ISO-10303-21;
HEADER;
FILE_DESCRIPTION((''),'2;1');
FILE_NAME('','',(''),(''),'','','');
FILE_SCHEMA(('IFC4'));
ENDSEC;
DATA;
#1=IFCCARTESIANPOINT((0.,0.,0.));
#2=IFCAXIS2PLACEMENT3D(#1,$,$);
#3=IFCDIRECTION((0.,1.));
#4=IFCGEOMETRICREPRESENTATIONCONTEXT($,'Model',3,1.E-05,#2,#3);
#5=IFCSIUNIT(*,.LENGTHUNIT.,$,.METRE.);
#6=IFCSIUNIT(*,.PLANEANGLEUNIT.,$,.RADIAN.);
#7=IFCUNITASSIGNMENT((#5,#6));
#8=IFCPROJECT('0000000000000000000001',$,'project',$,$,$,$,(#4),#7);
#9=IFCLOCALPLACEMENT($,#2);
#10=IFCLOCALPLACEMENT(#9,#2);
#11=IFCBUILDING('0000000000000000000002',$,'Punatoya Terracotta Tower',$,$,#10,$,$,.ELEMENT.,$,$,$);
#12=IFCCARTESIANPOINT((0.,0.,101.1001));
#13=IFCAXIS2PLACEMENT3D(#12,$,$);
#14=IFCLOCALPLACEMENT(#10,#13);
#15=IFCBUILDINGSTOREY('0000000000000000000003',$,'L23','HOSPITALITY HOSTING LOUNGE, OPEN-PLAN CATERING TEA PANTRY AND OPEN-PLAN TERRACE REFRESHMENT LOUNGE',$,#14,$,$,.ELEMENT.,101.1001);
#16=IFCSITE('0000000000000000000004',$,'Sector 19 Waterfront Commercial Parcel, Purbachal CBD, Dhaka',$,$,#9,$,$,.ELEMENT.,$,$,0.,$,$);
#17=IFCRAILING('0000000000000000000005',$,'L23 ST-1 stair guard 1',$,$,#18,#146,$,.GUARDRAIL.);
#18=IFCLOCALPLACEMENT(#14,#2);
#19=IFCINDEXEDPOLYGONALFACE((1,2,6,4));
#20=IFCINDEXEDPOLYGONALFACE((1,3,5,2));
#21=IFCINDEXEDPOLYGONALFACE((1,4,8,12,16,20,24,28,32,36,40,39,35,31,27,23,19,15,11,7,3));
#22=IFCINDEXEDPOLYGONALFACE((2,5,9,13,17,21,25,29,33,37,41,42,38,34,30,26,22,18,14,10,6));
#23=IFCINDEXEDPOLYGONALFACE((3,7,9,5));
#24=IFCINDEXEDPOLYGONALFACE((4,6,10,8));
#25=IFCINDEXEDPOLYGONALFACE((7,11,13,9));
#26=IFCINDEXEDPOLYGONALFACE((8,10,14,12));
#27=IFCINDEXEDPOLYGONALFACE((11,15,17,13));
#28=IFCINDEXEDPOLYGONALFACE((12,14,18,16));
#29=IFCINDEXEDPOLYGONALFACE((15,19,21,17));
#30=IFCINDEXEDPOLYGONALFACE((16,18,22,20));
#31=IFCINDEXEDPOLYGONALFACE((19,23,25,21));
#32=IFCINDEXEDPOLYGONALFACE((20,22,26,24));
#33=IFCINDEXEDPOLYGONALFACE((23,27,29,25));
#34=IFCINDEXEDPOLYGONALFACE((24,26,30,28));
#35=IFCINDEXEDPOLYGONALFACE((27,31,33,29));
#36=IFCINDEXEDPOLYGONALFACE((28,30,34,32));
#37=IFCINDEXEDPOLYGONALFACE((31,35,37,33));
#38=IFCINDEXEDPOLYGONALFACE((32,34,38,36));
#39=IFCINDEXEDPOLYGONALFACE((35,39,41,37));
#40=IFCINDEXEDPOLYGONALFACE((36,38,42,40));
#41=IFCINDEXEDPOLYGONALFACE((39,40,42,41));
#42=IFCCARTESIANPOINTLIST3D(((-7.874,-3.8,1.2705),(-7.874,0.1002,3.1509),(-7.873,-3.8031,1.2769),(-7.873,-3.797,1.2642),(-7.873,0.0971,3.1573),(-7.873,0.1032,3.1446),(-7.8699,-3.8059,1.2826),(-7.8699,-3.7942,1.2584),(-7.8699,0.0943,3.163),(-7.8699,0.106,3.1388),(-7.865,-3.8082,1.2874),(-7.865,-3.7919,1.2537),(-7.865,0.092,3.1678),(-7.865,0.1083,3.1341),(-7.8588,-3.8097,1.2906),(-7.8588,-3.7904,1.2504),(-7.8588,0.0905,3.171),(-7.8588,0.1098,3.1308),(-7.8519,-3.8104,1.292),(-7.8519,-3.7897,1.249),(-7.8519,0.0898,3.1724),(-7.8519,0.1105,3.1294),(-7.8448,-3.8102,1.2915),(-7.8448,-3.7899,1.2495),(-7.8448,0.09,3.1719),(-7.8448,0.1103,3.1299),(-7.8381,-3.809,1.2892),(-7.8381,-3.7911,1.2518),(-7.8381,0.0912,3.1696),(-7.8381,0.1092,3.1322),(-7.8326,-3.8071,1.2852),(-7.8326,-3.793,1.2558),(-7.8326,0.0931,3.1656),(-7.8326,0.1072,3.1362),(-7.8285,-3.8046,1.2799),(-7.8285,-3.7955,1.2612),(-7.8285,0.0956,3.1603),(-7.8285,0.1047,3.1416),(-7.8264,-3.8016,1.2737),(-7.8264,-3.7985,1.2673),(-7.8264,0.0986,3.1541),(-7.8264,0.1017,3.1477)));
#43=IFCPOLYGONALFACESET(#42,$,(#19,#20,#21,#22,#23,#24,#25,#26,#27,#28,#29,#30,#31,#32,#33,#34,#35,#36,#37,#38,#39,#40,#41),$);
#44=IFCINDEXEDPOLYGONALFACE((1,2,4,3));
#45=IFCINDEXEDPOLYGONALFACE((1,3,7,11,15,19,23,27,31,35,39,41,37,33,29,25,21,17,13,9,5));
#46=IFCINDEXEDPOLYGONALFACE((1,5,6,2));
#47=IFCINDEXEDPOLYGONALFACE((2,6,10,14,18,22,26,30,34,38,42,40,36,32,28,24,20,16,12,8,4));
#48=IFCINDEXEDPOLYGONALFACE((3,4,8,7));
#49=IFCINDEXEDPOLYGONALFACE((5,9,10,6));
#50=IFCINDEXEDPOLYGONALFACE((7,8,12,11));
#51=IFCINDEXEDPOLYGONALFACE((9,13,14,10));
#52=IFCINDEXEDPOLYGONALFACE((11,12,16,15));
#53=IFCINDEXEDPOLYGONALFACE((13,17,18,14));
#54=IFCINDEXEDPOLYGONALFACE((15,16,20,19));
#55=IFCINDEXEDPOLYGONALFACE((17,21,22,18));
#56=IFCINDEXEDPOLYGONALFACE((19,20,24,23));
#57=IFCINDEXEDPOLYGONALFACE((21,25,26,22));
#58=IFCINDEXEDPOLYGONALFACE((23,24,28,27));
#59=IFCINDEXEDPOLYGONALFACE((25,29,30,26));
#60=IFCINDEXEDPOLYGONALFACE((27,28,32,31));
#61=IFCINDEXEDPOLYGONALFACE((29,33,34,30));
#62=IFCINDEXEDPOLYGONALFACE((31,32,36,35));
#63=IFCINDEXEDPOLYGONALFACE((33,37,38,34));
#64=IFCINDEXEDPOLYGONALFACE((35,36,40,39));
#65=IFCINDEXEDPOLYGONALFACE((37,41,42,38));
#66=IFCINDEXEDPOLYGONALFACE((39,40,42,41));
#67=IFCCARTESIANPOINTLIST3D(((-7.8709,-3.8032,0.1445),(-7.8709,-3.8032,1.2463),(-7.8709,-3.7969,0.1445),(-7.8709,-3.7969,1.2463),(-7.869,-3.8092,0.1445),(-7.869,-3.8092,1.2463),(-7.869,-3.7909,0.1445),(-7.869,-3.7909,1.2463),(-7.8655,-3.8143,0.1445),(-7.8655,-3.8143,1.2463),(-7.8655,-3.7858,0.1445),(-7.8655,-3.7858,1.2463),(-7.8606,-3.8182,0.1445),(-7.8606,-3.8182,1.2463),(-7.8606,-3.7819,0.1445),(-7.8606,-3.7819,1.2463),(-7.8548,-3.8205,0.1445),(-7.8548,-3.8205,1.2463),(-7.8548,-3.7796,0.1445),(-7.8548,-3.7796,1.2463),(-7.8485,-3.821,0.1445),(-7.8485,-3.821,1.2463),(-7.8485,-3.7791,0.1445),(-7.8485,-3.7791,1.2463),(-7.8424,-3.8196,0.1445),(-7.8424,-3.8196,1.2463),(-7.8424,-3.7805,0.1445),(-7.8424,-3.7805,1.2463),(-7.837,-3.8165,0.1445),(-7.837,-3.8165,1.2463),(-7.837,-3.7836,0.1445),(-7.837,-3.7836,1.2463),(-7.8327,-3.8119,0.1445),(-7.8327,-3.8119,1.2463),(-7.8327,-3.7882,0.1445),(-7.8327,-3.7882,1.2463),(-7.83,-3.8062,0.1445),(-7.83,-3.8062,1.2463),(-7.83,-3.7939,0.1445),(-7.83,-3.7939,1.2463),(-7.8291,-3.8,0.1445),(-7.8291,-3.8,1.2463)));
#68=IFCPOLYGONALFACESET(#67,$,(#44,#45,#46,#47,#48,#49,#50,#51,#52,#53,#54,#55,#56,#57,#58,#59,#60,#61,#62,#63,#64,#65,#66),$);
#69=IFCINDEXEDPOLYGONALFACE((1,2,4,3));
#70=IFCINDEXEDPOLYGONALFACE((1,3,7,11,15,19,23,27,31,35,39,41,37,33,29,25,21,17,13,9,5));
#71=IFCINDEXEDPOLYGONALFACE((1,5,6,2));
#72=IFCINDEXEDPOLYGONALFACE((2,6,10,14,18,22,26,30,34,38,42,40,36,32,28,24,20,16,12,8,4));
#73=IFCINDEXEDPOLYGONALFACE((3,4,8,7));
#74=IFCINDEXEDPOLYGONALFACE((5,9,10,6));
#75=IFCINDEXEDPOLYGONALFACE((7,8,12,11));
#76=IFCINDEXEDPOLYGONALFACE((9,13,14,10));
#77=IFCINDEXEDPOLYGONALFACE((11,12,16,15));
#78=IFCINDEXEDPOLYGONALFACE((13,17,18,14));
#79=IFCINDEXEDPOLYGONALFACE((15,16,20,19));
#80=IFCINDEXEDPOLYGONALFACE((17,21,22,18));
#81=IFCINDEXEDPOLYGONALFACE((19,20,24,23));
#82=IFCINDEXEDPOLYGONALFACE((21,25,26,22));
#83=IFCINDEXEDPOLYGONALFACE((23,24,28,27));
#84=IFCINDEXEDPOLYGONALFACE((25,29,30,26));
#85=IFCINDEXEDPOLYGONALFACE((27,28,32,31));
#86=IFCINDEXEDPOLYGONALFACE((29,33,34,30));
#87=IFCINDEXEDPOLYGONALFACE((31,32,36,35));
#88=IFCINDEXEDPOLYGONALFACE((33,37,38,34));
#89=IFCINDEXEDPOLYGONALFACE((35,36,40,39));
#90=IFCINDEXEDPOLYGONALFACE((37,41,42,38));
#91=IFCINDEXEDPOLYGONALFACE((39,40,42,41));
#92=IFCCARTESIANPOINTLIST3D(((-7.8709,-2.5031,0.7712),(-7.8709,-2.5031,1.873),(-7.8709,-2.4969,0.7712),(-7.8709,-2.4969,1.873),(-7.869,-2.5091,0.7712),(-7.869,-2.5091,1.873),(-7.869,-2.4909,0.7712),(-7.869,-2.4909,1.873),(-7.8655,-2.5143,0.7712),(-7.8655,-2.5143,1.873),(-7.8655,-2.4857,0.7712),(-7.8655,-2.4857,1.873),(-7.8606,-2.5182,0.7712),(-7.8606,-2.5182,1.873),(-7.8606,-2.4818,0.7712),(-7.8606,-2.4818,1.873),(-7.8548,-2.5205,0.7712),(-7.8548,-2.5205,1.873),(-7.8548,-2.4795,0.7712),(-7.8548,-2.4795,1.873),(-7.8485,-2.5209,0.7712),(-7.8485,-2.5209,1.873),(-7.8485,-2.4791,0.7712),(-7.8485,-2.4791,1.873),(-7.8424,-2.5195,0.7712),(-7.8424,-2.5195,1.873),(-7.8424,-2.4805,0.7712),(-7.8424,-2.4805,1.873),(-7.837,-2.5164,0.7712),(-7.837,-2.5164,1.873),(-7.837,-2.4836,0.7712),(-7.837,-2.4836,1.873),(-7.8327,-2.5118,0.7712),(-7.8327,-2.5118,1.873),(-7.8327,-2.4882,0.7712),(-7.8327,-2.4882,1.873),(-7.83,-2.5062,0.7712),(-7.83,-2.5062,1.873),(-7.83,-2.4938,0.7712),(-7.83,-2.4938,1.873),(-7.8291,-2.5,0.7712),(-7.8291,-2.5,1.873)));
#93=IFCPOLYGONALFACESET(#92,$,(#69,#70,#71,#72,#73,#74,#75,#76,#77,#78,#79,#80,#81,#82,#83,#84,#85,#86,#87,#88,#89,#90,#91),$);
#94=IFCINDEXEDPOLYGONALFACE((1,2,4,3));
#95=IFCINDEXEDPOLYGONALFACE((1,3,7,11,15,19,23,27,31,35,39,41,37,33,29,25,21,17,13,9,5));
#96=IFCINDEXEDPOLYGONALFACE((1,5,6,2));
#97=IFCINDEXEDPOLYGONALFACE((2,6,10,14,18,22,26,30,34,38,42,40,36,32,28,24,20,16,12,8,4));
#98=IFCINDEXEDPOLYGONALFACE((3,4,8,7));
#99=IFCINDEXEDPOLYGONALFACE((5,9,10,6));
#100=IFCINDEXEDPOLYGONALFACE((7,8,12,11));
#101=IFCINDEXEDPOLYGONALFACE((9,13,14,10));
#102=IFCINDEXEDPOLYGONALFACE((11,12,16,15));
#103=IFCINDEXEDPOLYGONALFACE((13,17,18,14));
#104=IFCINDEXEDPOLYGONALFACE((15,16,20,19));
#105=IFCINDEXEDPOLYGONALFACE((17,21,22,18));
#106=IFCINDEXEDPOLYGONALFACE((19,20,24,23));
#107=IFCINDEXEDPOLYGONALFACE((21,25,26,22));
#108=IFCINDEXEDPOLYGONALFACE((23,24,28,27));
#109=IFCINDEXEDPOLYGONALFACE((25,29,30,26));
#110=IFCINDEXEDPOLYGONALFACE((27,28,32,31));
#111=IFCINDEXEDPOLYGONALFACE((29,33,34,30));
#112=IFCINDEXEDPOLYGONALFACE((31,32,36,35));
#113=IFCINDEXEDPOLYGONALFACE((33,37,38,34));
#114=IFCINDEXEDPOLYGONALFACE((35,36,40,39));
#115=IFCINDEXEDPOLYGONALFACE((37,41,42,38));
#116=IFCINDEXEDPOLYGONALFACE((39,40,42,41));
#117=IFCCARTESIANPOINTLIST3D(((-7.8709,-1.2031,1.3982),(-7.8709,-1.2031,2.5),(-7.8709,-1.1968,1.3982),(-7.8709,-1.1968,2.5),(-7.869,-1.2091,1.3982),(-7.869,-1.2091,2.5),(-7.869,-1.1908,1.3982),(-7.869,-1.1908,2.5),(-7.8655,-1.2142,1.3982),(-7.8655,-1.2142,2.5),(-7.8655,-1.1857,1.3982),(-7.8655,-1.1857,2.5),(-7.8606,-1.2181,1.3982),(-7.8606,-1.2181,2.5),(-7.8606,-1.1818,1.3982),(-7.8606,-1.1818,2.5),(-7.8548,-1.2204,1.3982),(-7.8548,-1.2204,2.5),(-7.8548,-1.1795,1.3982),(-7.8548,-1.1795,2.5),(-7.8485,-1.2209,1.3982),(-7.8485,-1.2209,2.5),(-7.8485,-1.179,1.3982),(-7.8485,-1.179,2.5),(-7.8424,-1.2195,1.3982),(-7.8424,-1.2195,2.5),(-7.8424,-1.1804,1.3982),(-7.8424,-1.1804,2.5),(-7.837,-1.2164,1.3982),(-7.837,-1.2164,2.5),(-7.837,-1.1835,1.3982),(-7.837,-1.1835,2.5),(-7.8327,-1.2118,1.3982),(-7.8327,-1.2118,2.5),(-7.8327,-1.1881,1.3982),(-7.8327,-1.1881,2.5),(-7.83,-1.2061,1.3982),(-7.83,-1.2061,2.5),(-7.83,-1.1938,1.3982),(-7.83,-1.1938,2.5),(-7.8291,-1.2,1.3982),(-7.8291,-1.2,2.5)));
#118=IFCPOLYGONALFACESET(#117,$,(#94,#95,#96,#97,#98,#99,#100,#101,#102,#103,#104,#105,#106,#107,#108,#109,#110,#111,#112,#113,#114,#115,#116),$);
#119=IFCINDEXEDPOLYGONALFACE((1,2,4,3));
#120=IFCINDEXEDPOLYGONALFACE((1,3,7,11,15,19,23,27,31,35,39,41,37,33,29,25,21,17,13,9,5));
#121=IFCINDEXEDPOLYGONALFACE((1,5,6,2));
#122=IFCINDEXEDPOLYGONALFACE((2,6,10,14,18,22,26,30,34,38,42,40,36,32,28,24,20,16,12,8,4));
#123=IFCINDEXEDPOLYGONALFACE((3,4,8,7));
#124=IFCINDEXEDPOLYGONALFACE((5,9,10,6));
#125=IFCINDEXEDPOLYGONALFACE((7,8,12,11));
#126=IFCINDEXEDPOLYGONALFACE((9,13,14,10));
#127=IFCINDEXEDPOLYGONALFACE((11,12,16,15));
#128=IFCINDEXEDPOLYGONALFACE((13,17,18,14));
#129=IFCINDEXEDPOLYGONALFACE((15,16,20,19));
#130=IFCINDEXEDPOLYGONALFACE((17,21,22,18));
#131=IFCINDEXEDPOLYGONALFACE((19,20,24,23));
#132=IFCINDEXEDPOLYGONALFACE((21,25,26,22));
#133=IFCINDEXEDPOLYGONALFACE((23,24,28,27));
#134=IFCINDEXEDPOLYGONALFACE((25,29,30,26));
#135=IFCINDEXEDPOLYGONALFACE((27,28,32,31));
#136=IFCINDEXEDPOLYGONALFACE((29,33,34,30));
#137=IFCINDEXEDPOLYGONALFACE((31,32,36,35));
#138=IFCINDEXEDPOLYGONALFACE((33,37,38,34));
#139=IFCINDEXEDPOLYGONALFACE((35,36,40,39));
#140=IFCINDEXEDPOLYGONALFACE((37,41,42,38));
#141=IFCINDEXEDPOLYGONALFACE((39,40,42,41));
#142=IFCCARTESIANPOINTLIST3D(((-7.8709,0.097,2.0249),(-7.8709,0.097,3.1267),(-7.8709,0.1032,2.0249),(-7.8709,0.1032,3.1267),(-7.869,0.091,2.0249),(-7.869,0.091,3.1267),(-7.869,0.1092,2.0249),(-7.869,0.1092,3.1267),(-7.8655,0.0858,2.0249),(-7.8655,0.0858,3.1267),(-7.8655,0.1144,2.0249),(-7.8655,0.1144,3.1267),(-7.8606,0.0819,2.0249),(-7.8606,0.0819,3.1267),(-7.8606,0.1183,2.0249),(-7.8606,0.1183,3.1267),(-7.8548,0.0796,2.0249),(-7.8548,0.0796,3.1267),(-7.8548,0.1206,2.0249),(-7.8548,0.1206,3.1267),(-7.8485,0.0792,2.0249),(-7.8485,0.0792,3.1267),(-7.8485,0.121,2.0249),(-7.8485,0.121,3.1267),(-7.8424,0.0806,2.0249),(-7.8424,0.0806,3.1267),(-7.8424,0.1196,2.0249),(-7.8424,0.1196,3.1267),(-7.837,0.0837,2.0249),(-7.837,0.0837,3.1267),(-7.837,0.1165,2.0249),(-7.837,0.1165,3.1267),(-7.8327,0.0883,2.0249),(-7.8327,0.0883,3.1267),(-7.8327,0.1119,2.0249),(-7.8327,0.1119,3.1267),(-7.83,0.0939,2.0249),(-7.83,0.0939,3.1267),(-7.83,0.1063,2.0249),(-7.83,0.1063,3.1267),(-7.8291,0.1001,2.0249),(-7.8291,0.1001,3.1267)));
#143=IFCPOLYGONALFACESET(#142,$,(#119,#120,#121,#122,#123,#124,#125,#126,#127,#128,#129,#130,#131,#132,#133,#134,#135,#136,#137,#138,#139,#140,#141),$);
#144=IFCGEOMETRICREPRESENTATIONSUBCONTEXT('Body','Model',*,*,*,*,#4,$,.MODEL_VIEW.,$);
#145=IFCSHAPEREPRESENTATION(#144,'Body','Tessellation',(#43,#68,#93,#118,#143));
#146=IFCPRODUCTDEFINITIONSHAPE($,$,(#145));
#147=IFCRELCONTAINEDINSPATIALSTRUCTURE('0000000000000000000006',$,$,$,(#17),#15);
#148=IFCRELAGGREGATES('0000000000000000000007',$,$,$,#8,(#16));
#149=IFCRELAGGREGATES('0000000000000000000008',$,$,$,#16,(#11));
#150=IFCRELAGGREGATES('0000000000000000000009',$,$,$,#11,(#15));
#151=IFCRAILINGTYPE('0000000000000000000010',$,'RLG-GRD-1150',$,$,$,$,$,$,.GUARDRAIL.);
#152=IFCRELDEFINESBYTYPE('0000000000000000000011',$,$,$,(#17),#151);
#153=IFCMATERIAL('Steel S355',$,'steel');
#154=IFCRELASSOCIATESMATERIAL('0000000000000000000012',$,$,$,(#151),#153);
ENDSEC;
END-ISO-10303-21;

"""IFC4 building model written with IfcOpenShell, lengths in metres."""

from ifc_helpers import new_model, si_unit, direction, frame, origin, origin_2d, place, context, subcontext, project, spatial, circle, extrude, material, type_object, element, save


model = new_model("IFC4")

# Units and contexts
model_context = context("Model", 3, precision=1e-05, world=origin(), true_north=direction((0.0, 1.0)))
body_context = subcontext(model_context, "Body", "Model", "MODEL_VIEW")
ifc_project = project(units=[si_unit("LENGTHUNIT", "METRE"), si_unit("PLANEANGLEUNIT", "RADIAN")], contexts=[model_context])

# Site, building, storey
site_placement = place(None, origin())
site = spatial("IfcSite", under=ifc_project, at=site_placement, Name="Sector 19 Waterfront Commercial Parcel, Purbachal CBD, Dhaka", CompositionType="ELEMENT", RefElevation=0.0)
building_placement = place(site_placement, origin())
building = spatial("IfcBuilding", under=site, at=building_placement, Name="Punatoya Terracotta Tower", CompositionType="ELEMENT")
storey_placement = place(building_placement, frame((0.0, 0.0, 101.1001)))
storey = spatial("IfcBuildingStorey", under=building, at=storey_placement, Name="L23", Description="HOSPITALITY HOSTING LOUNGE, OPEN-PLAN CATERING TEA PANTRY AND OPEN-PLAN TERRACE REFRESHMENT LOUNGE", CompositionType="ELEMENT", Elevation=101.1001)

# Shared definitions
ifc_material_1 = material(Name="Steel S355", Category="steel")

# Railing
railing_type_1 = type_object("IfcRailingType", Name="RLG-GRD-1150", PredefinedType="GUARDRAIL", material=ifc_material_1)
railing_1_placement = place(storey_placement, frame((-7.8501, -3.8, 0.1445)))
element("IfcRailing", 1, at=railing_1_placement, inside=storey, type_object=railing_type_1, Name="L23 ST-1 stair guard 1", PredefinedType="GUARDRAIL", context=body_context, shape_type="SweptSolid", body=[
    extrude(circle(Radius=0.0239, at=origin_2d()), frame((0.0, 0.0, 1.126), z_axis=(0.0, 0.900774, 0.434289), x_axis=(-1.0, 0.0, 0.0)), (0.0, 0.0, 1.0), 4.3298),
    extrude(circle(Radius=0.021, at=origin_2d()), origin(), (0.0, 0.0, 1.0), 1.1018),
    extrude(circle(Radius=0.021, at=origin_2d()), frame((0.0, 1.3, 0.6267)), (0.0, 0.0, 1.0), 1.1018),
    extrude(circle(Radius=0.021, at=origin_2d()), frame((0.0, 2.6001, 1.2537)), (0.0, 0.0, 1.0), 1.1018),
    extrude(circle(Radius=0.021, at=origin_2d()), frame((0.0, 3.9001, 1.8804)), (0.0, 0.0, 1.0), 1.1018),
])

save(model, "model.ifc")
